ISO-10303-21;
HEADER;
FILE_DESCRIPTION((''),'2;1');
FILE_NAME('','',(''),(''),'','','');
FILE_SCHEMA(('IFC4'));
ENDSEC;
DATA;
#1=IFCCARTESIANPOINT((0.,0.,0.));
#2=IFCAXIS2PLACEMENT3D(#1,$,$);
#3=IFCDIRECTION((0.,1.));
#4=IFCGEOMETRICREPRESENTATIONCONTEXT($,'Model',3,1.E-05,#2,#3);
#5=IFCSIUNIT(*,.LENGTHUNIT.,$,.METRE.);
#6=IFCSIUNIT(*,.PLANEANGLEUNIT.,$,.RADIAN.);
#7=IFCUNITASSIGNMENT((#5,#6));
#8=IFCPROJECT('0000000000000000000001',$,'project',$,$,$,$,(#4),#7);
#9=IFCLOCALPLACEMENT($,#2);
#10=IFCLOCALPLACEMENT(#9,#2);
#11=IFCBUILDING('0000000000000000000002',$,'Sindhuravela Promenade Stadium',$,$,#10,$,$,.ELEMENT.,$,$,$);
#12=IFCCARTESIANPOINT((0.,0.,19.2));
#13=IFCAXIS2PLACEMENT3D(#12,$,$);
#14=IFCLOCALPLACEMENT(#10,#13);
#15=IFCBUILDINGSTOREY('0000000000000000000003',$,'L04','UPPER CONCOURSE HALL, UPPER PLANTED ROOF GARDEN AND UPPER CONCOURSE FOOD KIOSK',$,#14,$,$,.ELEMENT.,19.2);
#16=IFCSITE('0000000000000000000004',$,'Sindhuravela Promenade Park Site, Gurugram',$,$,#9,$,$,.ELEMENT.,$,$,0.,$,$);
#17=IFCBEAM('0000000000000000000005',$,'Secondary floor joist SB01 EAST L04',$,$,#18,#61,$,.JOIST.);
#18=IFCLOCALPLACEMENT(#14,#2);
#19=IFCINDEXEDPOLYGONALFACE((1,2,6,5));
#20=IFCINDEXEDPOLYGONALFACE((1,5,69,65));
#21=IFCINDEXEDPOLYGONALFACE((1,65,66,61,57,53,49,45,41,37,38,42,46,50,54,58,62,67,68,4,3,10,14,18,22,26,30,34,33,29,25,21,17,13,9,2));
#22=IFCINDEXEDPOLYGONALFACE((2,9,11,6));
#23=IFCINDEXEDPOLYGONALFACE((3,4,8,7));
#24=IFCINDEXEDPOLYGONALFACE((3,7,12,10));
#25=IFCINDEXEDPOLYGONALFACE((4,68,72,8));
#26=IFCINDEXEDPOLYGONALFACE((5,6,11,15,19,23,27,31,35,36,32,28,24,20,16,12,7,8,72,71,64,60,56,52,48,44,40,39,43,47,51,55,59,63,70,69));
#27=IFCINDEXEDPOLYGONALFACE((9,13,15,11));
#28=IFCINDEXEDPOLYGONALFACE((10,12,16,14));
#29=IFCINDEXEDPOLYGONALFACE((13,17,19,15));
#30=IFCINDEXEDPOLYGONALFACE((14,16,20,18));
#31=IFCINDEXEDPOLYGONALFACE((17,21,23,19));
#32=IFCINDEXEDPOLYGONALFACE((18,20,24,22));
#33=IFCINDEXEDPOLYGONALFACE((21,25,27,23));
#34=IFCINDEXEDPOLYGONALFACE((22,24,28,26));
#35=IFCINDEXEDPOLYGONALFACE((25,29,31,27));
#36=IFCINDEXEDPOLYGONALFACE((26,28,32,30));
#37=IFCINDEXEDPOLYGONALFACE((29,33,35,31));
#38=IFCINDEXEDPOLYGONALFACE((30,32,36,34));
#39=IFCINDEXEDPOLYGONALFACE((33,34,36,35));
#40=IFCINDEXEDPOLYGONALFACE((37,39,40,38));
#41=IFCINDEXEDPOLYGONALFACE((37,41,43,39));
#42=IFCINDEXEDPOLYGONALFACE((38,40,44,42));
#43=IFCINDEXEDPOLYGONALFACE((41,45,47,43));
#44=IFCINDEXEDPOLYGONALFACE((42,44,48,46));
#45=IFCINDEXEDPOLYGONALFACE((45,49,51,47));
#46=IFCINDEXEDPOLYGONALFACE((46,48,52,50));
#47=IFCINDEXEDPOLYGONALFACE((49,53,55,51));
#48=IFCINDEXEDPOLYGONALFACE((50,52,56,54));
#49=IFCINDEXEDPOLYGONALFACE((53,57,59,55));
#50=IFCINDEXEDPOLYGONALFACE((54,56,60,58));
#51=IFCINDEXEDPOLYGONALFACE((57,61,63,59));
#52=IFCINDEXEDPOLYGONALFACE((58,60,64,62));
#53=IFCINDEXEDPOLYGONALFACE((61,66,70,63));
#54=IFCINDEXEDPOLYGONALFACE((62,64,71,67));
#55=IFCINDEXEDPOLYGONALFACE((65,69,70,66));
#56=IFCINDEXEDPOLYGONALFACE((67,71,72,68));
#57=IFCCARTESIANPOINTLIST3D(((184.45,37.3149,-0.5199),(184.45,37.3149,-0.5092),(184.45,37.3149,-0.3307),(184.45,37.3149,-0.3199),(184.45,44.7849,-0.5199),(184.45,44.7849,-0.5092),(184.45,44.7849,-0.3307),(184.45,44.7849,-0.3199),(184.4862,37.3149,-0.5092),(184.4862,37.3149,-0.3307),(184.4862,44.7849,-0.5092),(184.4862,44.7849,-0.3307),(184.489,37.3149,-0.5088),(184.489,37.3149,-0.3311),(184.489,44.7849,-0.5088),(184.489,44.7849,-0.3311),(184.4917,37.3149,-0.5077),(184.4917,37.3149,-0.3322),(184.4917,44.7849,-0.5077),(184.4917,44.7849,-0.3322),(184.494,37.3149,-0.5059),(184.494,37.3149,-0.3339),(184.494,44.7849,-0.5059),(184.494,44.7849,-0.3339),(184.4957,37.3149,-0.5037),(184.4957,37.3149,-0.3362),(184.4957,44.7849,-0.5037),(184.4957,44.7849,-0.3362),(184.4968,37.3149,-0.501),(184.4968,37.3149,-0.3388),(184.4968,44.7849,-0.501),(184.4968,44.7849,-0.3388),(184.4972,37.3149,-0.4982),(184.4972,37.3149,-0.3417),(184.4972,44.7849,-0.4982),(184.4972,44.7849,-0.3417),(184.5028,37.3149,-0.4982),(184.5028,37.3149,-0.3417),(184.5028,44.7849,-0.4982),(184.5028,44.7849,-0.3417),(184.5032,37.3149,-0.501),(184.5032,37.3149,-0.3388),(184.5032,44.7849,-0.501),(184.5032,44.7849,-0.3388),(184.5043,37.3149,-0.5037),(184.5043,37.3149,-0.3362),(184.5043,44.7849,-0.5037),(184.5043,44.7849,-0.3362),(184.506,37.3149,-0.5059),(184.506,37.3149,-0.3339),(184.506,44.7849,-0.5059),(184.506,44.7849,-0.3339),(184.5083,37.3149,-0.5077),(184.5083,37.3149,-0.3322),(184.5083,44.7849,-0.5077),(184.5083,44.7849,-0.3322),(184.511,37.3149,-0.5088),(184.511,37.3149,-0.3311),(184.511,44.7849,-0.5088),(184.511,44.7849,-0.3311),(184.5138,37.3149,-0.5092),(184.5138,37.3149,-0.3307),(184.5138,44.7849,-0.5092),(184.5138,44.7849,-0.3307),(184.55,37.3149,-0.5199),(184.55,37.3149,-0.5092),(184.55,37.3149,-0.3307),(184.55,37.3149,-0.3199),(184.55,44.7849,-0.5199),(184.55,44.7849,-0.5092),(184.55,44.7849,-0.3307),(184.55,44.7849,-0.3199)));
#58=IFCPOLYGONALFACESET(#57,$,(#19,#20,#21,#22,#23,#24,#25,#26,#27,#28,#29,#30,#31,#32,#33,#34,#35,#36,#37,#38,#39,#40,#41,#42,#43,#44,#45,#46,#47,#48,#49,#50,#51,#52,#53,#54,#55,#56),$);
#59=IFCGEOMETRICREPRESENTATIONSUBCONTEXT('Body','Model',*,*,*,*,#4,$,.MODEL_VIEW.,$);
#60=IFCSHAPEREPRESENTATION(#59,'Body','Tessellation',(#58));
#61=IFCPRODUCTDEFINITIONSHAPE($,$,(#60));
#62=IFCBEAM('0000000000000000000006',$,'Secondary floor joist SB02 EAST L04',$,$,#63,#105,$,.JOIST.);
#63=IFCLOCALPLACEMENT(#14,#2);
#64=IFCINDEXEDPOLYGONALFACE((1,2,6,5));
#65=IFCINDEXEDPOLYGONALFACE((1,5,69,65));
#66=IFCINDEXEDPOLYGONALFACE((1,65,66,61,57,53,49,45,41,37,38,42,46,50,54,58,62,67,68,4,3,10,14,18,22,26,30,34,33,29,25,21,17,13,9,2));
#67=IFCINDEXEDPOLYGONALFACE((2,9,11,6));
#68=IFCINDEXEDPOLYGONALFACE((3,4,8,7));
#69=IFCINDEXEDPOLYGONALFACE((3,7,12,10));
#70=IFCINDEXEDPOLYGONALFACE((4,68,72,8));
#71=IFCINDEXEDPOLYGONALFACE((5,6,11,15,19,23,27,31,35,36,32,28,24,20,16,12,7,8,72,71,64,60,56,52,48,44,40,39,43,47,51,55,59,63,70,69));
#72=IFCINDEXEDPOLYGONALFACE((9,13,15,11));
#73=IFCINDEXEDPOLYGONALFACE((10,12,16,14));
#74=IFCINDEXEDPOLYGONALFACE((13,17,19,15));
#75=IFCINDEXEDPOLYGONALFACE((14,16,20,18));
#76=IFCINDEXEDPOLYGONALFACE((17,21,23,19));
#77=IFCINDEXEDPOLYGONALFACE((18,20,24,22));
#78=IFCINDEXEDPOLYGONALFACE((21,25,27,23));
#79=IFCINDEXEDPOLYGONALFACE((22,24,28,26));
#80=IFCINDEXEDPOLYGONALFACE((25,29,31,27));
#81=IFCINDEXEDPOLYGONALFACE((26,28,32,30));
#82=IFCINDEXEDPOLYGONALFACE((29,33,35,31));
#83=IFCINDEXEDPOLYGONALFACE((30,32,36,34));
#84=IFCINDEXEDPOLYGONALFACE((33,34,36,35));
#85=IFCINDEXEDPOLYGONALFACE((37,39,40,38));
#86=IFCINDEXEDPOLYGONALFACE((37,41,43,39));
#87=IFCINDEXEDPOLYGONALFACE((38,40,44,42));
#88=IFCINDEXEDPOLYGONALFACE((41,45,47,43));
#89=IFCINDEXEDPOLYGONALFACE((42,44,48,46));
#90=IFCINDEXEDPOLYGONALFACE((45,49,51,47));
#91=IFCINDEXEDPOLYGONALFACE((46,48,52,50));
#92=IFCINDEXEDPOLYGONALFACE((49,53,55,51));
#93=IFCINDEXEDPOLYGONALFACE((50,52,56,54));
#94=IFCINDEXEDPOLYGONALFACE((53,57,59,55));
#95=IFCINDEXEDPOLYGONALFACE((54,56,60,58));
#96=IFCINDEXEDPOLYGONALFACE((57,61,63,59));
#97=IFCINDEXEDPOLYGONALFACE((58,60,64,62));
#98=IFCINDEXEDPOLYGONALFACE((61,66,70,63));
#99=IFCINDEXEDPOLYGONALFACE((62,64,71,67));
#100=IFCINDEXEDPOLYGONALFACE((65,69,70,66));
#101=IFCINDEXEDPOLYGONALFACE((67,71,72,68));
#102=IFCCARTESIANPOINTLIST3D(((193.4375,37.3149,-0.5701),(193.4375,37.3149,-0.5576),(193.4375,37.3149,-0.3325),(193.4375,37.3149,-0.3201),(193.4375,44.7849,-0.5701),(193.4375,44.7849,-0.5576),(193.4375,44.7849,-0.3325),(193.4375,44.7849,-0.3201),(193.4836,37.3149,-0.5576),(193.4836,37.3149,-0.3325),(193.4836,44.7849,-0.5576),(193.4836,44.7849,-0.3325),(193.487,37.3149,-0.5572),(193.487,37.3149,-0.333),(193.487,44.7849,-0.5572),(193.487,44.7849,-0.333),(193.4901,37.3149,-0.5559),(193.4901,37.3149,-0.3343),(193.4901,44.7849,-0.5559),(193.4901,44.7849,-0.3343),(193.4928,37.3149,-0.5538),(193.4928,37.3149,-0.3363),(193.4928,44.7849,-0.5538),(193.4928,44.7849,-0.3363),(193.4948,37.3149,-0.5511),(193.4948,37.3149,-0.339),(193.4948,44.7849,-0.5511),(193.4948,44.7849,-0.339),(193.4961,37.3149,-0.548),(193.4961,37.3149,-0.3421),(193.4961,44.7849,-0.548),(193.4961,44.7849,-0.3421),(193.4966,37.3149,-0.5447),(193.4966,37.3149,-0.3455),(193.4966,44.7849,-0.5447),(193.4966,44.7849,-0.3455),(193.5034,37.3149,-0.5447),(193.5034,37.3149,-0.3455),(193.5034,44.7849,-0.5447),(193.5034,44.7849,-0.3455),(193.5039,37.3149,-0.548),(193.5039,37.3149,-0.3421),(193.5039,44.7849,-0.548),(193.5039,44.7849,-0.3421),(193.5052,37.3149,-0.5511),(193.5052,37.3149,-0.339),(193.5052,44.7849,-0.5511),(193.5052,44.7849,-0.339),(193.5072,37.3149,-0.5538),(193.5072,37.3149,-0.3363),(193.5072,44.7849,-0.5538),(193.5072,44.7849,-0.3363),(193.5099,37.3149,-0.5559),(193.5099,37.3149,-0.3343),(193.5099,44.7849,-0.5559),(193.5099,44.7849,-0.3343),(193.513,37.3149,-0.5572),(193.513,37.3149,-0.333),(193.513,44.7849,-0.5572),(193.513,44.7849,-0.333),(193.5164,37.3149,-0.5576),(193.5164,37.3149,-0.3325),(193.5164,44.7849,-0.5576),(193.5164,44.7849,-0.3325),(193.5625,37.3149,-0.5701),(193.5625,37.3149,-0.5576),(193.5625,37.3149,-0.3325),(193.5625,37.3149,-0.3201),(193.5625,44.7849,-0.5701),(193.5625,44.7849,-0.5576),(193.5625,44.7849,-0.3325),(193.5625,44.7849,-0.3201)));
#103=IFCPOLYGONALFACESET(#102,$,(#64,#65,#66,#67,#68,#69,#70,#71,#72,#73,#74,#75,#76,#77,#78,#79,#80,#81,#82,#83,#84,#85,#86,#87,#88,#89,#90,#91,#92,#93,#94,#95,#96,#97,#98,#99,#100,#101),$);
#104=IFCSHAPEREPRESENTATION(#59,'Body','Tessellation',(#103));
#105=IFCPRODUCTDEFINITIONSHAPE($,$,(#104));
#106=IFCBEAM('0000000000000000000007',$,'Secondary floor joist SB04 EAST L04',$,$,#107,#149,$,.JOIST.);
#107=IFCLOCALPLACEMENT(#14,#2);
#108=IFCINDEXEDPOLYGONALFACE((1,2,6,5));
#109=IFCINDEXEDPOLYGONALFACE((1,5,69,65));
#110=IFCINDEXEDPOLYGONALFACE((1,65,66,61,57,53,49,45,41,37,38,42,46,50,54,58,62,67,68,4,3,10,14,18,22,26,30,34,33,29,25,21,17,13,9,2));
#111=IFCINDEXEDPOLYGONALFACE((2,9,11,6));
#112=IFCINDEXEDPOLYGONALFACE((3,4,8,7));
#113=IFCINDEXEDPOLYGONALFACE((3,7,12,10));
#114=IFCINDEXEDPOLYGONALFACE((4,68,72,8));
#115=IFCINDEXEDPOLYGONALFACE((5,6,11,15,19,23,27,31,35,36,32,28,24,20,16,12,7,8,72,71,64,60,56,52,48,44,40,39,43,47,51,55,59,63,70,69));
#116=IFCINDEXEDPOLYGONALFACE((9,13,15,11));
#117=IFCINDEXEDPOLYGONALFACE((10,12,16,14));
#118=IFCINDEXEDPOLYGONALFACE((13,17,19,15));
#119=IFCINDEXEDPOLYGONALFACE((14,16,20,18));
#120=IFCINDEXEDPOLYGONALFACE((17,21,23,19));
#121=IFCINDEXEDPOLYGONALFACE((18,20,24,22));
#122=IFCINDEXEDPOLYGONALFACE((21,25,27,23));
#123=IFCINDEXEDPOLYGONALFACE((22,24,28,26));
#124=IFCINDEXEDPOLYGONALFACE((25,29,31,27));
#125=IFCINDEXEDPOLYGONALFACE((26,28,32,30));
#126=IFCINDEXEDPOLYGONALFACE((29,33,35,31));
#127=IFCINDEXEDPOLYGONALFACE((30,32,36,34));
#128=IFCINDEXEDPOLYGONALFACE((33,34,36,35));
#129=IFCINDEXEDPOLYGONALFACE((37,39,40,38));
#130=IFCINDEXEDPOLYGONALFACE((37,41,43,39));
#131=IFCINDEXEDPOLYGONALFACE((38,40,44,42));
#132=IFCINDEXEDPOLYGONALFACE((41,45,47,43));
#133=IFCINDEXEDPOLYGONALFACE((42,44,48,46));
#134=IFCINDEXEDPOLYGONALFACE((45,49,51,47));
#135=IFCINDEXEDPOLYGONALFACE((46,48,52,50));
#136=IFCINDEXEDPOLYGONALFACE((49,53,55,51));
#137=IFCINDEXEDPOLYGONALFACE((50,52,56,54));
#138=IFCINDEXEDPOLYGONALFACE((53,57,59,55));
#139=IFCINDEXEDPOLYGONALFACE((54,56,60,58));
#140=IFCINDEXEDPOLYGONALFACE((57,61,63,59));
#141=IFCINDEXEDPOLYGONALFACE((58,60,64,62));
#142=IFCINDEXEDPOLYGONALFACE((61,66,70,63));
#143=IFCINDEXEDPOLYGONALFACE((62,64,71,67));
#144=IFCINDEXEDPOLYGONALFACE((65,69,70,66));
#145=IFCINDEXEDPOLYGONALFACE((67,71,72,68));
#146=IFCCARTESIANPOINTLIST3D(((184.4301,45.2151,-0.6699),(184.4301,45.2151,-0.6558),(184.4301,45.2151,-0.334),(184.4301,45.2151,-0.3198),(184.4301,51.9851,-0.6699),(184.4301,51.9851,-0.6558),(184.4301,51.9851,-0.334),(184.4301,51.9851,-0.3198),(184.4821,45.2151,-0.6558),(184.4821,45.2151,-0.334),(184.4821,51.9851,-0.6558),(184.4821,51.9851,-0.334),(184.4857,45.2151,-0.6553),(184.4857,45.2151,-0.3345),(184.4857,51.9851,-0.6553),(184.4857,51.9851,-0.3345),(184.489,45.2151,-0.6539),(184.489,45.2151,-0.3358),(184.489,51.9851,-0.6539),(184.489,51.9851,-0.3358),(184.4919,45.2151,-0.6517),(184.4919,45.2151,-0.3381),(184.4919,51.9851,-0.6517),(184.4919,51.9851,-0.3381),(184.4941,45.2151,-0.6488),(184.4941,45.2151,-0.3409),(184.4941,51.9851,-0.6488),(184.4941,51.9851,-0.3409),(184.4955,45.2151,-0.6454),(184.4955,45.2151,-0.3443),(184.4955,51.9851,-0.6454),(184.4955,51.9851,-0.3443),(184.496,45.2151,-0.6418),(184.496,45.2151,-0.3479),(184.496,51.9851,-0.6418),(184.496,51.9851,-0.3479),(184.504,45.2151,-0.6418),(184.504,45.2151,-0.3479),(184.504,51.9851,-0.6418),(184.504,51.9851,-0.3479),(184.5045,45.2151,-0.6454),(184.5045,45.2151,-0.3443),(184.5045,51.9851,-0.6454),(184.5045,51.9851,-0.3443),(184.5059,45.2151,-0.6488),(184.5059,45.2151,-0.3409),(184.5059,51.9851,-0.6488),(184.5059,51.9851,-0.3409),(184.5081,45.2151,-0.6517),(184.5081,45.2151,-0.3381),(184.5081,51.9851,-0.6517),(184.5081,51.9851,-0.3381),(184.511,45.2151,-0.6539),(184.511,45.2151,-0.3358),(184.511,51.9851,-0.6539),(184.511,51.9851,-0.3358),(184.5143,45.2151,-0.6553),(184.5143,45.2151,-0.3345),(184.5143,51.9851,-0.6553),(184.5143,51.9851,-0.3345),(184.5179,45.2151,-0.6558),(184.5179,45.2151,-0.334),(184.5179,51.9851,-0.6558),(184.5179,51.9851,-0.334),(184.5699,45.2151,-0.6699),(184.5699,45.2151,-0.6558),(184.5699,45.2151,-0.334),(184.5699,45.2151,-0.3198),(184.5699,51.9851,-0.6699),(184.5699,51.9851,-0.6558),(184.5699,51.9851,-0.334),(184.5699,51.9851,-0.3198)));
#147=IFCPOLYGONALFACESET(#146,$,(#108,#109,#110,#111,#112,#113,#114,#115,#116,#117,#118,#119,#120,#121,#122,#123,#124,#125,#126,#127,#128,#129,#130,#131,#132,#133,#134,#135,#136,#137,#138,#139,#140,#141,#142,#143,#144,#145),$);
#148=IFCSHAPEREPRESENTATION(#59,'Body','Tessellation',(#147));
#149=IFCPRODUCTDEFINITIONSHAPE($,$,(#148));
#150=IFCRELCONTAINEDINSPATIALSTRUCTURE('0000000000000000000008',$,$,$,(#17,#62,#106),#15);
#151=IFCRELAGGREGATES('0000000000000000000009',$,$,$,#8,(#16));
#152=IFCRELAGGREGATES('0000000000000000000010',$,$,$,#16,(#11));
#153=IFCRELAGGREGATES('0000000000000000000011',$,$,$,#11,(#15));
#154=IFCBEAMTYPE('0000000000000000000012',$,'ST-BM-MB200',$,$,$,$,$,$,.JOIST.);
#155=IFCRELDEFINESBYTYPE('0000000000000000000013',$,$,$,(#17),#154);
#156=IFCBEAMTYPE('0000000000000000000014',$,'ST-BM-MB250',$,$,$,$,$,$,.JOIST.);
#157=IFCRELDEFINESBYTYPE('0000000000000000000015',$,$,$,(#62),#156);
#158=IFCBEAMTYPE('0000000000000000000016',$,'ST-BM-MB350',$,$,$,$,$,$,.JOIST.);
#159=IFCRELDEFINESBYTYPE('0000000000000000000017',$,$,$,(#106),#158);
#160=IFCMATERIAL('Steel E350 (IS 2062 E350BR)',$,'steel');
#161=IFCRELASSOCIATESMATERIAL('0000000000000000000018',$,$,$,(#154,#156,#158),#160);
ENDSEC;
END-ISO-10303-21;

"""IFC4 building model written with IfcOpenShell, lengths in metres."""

from ifc_helpers import new_model, si_unit, direction, frame, origin, origin_2d, place, context, subcontext, project, spatial, i_section, extrude, material, material_profile, profile_set, type_object, element, save


model = new_model("IFC4")

# Units and contexts
model_context = context("Model", 3, precision=1e-05, world=origin(), true_north=direction((0.0, 1.0)))
body_context = subcontext(model_context, "Body", "Model", "MODEL_VIEW")
ifc_project = project(units=[si_unit("LENGTHUNIT", "METRE"), si_unit("PLANEANGLEUNIT", "RADIAN")], contexts=[model_context])

# Site, building, storey
site_placement = place(None, origin())
site = spatial("IfcSite", under=ifc_project, at=site_placement, Name="Sindhuravela Promenade Park Site, Gurugram", CompositionType="ELEMENT", RefElevation=0.0)
building_placement = place(site_placement, origin())
building = spatial("IfcBuilding", under=site, at=building_placement, Name="Sindhuravela Promenade Stadium", CompositionType="ELEMENT")
storey_placement = place(building_placement, frame((0.0, 0.0, 19.2)))
storey = spatial("IfcBuildingStorey", under=building, at=storey_placement, Name="L04", Description="UPPER CONCOURSE HALL, UPPER PLANTED ROOF GARDEN AND UPPER CONCOURSE FOOD KIOSK", CompositionType="ELEMENT", Elevation=19.2)

# Shared definitions
ifc_material_1 = material(Name="Steel E350 (IS 2062 E350BR)", Category="steel")

# Beams
ifc_material_profile_1 = material_profile(ifc_material_1, i_section(OverallWidth=0.1001, OverallDepth=0.2, WebThickness=0.0056, FlangeThickness=0.0107, FilletRadius=0.011, at=origin_2d()), Name="ISMB 200")
ifc_profile_set_1 = profile_set([ifc_material_profile_1], Name="Steel E350 (IS 2062 E350BR)")
beam_type_1 = type_object("IfcBeamType", Name="ST-BM-MB200", PredefinedType="JOIST", material=ifc_profile_set_1)
beam_1_placement = place(storey_placement, frame((184.5, 37.3149, -0.4199), z_axis=(0.0, 1.0, 0.0), x_axis=(-1.0, 0.0, 0.0)))
element("IfcBeam", 1, at=beam_1_placement, inside=storey, type_object=beam_type_1, Name="Secondary floor joist SB01 EAST L04", PredefinedType="JOIST", context=body_context, shape_type="SweptSolid", body=[
    extrude(i_section(OverallWidth=0.1001, OverallDepth=0.2, WebThickness=0.0056, FlangeThickness=0.0107, FilletRadius=0.011, at=origin_2d()), origin(), (0.0, 0.0, 1.0), 7.47),
])
ifc_material_profile_2 = material_profile(ifc_material_1, i_section(OverallWidth=0.125, OverallDepth=0.25, WebThickness=0.0068, FlangeThickness=0.0125, FilletRadius=0.0129, at=origin_2d()), Name="ISMB 250")
ifc_profile_set_2 = profile_set([ifc_material_profile_2], Name="Steel E350 (IS 2062 E350BR)")
beam_type_2 = type_object("IfcBeamType", Name="ST-BM-MB250", PredefinedType="JOIST", material=ifc_profile_set_2)
beam_2_placement = place(storey_placement, frame((193.5, 37.3149, -0.4451), z_axis=(0.0, 1.0, 0.0), x_axis=(-1.0, 0.0, 0.0)))
element("IfcBeam", 2, at=beam_2_placement, inside=storey, type_object=beam_type_2, Name="Secondary floor joist SB02 EAST L04", PredefinedType="JOIST", context=body_context, shape_type="SweptSolid", body=[
    extrude(i_section(OverallWidth=0.125, OverallDepth=0.25, WebThickness=0.0068, FlangeThickness=0.0125, FilletRadius=0.0129, at=origin_2d()), origin(), (0.0, 0.0, 1.0), 7.47),
])
ifc_material_profile_3 = material_profile(ifc_material_1, i_section(OverallWidth=0.1399, OverallDepth=0.3501, WebThickness=0.0081, FlangeThickness=0.0142, FilletRadius=0.0139, at=origin_2d()), Name="ISMB 350")
ifc_profile_set_3 = profile_set([ifc_material_profile_3], Name="Steel E350 (IS 2062 E350BR)")
beam_type_3 = type_object("IfcBeamType", Name="ST-BM-MB350", PredefinedType="JOIST", material=ifc_profile_set_3)
beam_3_placement = place(storey_placement, frame((184.5, 45.2151, -0.4949), z_axis=(0.0, 1.0, 0.0), x_axis=(-1.0, 0.0, 0.0)))
element("IfcBeam", 3, at=beam_3_placement, inside=storey, type_object=beam_type_3, Name="Secondary floor joist SB04 EAST L04", PredefinedType="JOIST", context=body_context, shape_type="SweptSolid", body=[
    extrude(i_section(OverallWidth=0.1399, OverallDepth=0.3501, WebThickness=0.0081, FlangeThickness=0.0142, FilletRadius=0.0139, at=origin_2d()), origin(), (0.0, 0.0, 1.0), 6.77),
])

save(model, "model.ifc")
